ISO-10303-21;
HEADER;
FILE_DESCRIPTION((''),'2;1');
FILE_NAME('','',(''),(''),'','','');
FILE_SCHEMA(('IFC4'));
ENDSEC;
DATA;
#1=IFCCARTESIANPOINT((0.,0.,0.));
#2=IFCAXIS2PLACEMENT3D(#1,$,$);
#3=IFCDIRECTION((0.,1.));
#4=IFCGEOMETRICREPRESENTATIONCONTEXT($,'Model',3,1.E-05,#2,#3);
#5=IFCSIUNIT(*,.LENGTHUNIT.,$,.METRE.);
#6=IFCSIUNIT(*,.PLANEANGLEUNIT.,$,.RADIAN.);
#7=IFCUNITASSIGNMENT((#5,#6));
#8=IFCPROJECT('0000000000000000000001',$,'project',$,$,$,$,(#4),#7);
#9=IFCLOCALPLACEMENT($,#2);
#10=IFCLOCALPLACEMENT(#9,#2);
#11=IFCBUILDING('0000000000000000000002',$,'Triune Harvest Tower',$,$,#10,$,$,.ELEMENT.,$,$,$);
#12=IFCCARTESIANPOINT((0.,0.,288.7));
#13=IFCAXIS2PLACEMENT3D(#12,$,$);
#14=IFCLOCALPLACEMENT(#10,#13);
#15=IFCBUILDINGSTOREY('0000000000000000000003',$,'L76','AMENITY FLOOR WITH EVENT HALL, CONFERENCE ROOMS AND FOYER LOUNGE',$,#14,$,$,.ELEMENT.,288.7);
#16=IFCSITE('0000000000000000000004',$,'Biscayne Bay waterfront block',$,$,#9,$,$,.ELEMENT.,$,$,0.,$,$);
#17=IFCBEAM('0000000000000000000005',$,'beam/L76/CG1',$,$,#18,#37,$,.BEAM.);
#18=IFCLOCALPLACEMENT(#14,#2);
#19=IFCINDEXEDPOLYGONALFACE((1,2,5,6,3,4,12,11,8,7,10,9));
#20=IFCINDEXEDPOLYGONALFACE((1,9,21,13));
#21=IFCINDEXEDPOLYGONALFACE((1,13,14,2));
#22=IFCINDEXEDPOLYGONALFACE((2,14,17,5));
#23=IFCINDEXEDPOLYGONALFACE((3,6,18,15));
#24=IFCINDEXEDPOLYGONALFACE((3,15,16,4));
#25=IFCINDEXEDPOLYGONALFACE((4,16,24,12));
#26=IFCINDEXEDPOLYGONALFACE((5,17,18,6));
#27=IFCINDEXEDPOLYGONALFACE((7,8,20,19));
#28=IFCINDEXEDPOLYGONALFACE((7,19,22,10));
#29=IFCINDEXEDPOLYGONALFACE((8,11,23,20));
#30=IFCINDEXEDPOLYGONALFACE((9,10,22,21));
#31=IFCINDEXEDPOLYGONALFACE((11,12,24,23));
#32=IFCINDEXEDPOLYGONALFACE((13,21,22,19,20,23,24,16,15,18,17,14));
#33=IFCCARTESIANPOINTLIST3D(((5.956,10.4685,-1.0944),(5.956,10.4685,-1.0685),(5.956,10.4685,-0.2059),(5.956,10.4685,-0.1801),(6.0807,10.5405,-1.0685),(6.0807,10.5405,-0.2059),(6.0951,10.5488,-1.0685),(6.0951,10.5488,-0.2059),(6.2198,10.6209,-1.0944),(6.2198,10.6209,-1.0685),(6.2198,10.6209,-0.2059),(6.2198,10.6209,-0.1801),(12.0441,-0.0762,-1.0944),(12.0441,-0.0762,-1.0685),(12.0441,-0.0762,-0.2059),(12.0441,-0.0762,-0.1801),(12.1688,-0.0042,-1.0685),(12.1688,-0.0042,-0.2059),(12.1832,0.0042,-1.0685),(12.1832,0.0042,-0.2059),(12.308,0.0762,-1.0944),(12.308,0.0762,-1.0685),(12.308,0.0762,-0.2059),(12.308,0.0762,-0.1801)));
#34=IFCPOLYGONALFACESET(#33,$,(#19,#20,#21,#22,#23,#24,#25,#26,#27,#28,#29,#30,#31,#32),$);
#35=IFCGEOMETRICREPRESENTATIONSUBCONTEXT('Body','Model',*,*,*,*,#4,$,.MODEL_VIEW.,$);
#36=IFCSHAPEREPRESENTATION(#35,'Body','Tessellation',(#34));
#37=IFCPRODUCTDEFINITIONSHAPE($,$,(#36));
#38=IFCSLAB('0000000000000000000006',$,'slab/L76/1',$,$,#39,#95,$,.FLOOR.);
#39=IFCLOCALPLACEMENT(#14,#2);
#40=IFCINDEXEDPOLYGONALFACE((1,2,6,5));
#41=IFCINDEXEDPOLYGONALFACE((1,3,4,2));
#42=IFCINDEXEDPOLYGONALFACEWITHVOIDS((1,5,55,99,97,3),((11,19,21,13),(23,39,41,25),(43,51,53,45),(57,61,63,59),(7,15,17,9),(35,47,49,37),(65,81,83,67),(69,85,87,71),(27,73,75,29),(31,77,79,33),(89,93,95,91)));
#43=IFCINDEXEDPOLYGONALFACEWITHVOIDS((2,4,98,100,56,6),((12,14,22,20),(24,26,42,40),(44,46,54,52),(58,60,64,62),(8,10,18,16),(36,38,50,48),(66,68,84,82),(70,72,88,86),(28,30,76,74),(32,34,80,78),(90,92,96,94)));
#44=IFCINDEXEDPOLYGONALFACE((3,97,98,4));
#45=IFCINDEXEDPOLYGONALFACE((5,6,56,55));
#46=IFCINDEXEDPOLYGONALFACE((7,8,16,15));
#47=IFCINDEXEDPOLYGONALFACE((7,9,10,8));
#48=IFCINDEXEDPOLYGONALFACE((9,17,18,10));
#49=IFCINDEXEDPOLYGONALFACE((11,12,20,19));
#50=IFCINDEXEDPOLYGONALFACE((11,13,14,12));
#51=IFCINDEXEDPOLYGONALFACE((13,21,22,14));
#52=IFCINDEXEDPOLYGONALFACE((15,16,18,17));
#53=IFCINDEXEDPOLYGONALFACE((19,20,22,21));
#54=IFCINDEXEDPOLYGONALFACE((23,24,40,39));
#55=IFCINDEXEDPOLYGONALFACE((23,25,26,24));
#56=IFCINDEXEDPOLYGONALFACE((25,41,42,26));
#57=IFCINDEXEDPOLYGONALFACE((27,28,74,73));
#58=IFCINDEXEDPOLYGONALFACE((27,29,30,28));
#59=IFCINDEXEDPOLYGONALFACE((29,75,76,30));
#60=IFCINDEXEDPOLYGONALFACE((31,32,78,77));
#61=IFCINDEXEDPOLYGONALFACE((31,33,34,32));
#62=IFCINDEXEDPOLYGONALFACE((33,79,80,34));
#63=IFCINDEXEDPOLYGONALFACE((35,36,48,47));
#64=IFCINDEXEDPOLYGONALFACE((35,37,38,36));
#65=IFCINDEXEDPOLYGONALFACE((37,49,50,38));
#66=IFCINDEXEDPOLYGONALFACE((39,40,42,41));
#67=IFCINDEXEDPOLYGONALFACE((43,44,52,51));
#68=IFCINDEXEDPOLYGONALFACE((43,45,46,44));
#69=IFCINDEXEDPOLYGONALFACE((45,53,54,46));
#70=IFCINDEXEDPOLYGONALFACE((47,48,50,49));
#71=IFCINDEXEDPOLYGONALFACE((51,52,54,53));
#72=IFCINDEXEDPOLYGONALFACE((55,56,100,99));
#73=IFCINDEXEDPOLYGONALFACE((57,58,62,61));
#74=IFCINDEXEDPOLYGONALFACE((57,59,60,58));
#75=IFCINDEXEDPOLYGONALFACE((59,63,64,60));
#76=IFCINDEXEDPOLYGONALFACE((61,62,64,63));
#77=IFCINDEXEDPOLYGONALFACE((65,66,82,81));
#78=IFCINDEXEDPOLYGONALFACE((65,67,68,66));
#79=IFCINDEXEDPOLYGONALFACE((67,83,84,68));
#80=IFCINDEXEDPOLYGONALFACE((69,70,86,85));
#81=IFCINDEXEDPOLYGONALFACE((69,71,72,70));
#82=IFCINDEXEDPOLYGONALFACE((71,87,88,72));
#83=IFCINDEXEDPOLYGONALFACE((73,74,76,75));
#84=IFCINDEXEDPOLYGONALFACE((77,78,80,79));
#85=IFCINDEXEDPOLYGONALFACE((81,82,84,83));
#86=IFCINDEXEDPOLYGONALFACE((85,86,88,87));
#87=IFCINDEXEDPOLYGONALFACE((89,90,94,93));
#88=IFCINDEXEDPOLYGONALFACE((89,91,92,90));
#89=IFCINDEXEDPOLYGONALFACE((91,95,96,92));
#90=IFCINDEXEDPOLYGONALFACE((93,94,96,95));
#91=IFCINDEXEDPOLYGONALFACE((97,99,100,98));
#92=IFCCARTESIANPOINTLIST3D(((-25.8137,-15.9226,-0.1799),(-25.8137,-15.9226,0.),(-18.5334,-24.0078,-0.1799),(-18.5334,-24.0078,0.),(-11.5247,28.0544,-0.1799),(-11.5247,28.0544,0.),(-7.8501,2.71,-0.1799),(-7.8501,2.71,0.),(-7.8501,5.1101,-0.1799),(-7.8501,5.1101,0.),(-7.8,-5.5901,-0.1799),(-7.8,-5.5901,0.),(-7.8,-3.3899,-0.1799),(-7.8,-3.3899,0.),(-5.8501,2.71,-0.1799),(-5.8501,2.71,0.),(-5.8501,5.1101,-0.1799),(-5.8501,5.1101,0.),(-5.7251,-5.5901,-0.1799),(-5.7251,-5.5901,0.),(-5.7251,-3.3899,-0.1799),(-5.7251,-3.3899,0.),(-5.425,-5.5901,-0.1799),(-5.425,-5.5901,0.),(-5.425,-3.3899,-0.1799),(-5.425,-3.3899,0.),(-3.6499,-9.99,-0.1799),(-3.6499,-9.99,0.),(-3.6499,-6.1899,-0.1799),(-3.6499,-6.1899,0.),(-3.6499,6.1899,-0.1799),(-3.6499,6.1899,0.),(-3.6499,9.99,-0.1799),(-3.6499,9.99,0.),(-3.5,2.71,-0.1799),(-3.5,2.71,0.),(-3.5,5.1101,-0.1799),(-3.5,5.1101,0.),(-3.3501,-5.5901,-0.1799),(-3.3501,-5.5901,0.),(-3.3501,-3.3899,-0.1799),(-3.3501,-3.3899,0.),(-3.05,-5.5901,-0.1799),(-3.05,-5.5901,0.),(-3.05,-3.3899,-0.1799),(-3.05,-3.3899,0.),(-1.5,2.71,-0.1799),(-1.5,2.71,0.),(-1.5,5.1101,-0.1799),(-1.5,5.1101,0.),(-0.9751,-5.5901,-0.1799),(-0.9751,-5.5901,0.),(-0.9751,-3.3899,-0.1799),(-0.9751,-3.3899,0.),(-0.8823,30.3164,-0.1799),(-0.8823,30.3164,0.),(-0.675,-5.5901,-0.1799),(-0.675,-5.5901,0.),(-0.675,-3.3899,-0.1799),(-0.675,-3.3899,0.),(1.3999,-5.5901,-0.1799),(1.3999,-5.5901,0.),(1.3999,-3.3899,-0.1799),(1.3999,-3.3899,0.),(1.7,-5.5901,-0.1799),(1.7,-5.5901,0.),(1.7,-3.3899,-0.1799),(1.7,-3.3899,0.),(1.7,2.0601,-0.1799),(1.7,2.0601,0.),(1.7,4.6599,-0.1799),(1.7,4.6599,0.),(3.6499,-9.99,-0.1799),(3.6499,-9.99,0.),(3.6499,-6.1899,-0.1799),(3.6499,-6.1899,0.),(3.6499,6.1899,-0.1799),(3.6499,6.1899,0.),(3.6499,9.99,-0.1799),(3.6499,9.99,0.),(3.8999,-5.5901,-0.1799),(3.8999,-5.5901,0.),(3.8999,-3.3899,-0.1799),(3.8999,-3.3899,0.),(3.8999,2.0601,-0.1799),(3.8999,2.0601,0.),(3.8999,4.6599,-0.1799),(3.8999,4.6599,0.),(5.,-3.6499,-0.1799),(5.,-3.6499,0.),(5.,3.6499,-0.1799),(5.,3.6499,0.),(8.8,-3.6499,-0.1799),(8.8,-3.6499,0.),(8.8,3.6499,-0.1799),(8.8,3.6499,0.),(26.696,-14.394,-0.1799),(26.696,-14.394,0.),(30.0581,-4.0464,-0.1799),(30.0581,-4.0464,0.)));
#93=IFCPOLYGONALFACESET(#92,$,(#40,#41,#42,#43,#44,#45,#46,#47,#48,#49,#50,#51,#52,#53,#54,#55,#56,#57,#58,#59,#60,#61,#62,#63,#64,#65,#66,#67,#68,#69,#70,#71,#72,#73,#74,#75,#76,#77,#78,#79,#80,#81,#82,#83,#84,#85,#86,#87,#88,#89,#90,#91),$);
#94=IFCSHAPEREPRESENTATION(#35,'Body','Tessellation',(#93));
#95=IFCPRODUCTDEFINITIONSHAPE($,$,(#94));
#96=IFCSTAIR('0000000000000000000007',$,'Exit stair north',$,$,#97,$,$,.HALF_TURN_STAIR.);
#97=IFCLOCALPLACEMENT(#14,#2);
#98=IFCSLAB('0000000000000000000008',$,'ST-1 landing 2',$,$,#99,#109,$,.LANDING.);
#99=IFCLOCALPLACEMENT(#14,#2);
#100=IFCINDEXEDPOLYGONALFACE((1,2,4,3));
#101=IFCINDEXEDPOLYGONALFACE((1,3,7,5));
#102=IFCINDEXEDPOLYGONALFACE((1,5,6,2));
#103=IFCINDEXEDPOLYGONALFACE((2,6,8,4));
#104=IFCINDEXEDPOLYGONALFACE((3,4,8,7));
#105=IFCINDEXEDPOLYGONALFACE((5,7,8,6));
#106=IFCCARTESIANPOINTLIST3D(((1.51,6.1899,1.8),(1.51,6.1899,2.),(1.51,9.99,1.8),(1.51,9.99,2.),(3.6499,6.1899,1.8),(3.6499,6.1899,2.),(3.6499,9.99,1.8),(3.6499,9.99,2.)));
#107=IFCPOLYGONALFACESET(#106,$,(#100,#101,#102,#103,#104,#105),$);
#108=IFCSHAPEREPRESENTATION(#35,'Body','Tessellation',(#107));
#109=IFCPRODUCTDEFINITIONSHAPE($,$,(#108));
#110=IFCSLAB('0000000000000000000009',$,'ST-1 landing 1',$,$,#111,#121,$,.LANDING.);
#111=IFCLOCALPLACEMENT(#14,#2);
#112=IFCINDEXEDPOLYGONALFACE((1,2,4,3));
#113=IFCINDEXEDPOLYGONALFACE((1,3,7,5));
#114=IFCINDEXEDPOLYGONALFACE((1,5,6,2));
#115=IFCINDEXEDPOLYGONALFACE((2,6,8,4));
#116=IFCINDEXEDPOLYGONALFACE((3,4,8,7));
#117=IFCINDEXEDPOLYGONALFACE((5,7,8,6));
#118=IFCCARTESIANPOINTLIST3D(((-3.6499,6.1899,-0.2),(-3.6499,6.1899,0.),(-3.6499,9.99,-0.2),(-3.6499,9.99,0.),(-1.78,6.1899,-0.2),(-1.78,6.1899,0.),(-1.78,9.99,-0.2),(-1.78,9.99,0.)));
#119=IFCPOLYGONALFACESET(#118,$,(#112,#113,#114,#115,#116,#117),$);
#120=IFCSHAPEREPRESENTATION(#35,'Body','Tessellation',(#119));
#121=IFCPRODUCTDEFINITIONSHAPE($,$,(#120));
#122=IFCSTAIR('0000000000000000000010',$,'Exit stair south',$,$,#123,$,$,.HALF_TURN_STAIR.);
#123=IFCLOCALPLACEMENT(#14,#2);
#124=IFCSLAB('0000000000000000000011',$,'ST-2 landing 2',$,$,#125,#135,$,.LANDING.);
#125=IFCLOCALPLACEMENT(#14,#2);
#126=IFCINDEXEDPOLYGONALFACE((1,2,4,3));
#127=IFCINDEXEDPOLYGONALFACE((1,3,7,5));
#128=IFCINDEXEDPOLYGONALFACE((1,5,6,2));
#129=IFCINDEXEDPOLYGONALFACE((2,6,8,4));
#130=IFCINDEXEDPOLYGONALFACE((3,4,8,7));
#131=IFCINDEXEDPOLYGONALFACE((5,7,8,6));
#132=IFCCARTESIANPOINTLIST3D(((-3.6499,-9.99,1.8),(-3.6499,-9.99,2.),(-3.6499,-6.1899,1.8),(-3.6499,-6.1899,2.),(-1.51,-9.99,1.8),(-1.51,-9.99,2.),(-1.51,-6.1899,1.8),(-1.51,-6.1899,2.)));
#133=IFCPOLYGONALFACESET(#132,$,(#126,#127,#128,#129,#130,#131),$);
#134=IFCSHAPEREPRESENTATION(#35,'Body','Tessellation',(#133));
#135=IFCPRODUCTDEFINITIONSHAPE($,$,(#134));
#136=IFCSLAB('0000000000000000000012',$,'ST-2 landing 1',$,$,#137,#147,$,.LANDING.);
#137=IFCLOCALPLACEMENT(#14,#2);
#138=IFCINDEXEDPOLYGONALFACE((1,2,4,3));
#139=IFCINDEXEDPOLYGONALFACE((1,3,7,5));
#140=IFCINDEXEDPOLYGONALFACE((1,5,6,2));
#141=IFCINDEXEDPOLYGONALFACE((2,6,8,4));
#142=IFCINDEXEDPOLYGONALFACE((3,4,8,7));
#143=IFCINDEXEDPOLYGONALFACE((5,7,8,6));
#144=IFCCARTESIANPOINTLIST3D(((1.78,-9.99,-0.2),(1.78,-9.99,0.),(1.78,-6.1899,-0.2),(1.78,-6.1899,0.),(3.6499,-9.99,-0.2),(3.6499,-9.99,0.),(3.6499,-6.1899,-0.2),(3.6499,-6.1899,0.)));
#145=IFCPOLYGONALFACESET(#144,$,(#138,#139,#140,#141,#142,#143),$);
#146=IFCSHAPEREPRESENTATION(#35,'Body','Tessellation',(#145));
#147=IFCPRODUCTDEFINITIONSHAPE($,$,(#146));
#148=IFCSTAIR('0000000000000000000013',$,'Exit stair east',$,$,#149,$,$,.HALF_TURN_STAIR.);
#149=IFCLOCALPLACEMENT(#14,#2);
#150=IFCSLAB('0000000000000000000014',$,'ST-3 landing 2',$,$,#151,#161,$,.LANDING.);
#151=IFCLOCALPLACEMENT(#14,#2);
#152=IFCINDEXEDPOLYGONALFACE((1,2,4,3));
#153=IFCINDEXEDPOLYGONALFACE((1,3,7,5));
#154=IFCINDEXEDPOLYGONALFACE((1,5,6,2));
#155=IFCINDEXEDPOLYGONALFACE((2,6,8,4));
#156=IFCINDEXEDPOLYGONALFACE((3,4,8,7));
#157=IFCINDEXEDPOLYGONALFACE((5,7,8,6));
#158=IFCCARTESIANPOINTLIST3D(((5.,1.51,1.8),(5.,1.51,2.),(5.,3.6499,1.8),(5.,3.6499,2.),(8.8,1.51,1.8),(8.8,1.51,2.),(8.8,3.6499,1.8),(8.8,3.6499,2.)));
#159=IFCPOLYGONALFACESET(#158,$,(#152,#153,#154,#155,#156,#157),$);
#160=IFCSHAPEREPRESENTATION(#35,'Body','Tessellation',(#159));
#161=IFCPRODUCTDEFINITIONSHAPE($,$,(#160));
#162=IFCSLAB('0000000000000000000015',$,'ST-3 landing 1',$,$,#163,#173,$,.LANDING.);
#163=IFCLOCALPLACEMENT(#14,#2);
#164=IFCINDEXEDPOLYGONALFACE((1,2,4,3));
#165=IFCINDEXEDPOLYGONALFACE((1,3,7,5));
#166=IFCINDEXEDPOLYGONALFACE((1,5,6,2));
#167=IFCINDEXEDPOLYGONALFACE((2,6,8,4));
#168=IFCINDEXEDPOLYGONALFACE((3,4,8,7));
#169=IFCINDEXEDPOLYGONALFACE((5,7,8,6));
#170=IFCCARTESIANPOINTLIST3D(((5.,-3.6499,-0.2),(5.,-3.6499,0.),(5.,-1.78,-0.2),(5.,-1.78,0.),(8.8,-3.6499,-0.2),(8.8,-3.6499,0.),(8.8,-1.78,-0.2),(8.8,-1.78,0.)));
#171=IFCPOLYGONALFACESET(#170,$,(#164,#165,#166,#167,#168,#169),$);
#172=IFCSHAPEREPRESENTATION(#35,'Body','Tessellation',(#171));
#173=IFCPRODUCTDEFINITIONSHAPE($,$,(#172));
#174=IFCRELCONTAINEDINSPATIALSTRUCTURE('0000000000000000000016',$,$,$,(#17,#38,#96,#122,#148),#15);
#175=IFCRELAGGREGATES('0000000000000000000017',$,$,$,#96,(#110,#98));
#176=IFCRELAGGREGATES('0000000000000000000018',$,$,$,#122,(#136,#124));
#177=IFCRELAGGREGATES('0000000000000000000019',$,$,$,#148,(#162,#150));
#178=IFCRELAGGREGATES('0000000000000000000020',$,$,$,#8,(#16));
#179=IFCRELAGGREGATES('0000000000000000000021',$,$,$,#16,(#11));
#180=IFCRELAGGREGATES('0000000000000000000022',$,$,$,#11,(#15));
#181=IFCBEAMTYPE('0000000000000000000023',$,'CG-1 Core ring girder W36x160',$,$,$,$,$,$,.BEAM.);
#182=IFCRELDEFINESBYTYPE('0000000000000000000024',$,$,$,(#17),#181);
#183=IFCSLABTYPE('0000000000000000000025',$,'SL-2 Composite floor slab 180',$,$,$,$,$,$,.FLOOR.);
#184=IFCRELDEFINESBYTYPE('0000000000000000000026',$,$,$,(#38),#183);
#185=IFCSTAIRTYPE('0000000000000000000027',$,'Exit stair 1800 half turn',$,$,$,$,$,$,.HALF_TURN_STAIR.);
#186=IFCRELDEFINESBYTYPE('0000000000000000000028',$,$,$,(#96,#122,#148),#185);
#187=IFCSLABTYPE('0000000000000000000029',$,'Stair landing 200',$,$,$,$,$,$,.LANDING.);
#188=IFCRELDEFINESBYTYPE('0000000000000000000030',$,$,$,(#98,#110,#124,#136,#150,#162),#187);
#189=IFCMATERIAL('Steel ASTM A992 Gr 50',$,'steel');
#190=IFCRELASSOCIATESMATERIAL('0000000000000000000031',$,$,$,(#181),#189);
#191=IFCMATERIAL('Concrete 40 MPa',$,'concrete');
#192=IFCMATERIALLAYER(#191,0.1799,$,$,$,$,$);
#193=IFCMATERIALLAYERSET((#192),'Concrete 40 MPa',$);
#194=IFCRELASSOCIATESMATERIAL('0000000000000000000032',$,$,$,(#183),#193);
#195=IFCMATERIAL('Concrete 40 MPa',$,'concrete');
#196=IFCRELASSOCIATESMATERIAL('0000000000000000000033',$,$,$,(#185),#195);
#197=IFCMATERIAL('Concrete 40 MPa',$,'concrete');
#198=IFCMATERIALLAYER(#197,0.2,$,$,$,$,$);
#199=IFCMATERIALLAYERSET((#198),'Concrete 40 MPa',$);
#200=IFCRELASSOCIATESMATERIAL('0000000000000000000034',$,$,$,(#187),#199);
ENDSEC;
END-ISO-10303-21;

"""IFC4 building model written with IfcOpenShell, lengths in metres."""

from ifc_helpers import new_model, si_unit, direction, frame, origin, origin_2d, place, context, subcontext, project, spatial, polyline, i_section, outline, extrude, source, transform, mapped, material, layer, layer_set, material_profile, profile_set, type_object, element, aggregate, save


model = new_model("IFC4")

# Units and contexts
model_context = context("Model", 3, precision=1e-05, world=origin(), true_north=direction((0.0, 1.0)))
body_context = subcontext(model_context, "Body", "Model", "MODEL_VIEW")
ifc_project = project(units=[si_unit("LENGTHUNIT", "METRE"), si_unit("PLANEANGLEUNIT", "RADIAN")], contexts=[model_context])

# Site, building, storey
site_placement = place(None, origin())
site = spatial("IfcSite", under=ifc_project, at=site_placement, Name="Biscayne Bay waterfront block", CompositionType="ELEMENT", RefElevation=0.0)
building_placement = place(site_placement, origin())
building = spatial("IfcBuilding", under=site, at=building_placement, Name="Triune Harvest Tower", CompositionType="ELEMENT")
storey_placement = place(building_placement, frame((0.0, 0.0, 288.7)))
storey = spatial("IfcBuildingStorey", under=building, at=storey_placement, Name="L76", Description="AMENITY FLOOR WITH EVENT HALL, CONFERENCE ROOMS AND FOYER LOUNGE", CompositionType="ELEMENT", Elevation=288.7)

# Beam
ifc_material_1 = material(Name="Steel ASTM A992 Gr 50", Category="steel")
ifc_material_profile = material_profile(ifc_material_1, i_section(OverallWidth=0.3047, OverallDepth=0.9143, WebThickness=0.0166, FlangeThickness=0.0259, at=origin_2d()), Name="W36x160")
ifc_profile_set = profile_set([ifc_material_profile], Name="Steel ASTM A992 Gr 50")
beam_type = type_object("IfcBeamType", Name="CG-1 Core ring girder W36x160", PredefinedType="BEAM", material=ifc_profile_set)
shared_shape_1 = source(origin(), body_context, "Body", "SweptSolid", [
    extrude(i_section(OverallWidth=0.3047, OverallDepth=0.9143, WebThickness=0.0166, FlangeThickness=0.0259, at=origin_2d()), origin(), (0.0, 0.0, 1.0), 12.176),
])
beam_placement = place(storey_placement, frame((12.176, 0.0, -0.6372), z_axis=(-0.50001, 0.86602, 0.0), x_axis=(-0.86602, -0.50001, 0.0)))
element("IfcBeam", 1, at=beam_placement, inside=storey, type_object=beam_type, Name="beam/L76/CG1", PredefinedType="BEAM", context=body_context, shape_type="MappedRepresentation", body=[
    mapped(shared_shape_1, transform((0.0, 0.0, 0.0), scale=1.0)),
])

# Slab
ifc_material_2 = material(Name="Concrete 40 MPa", Category="concrete")
ifc_layer_1 = layer(ifc_material_2, 0.1799)
ifc_layer_set_1 = layer_set([ifc_layer_1], Name="Concrete 40 MPa")
slab_type_1 = type_object("IfcSlabType", Name="SL-2 Composite floor slab 180", PredefinedType="FLOOR", material=ifc_layer_set_1)
shared_shape_2 = source(origin(), body_context, "Body", "SweptSolid", [
    extrude(outline(polyline([(30.0581, -4.0464), (-0.8823, 30.3164), (-11.5247, 28.0544), (-25.8137, -15.9226), (-18.5334, -24.0078), (26.696, -14.394), (30.0581, -4.0464)]), holes=[polyline([(-5.7251, -5.5901), (-5.7251, -3.3899), (-7.8, -3.3899), (-7.8, -5.5901), (-5.7251, -5.5901)]), polyline([(-3.3501, -5.5901), (-3.3501, -3.3899), (-5.425, -3.3899), (-5.425, -5.5901), (-3.3501, -5.5901)]), polyline([(-0.9751, -5.5901), (-0.9751, -3.3899), (-3.05, -3.3899), (-3.05, -5.5901), (-0.9751, -5.5901)]), polyline([(1.3999, -5.5901), (1.3999, -3.3899), (-0.675, -3.3899), (-0.675, -5.5901), (1.3999, -5.5901)]), polyline([(3.8999, 2.0601), (3.8999, 4.6599), (1.7, 4.6599), (1.7, 2.0601), (3.8999, 2.0601)]), polyline([(3.8999, -5.5901), (3.8999, -3.3899), (1.7, -3.3899), (1.7, -5.5901), (3.8999, -5.5901)]), polyline([(-5.8501, 2.71), (-5.8501, 5.1101), (-7.8501, 5.1101), (-7.8501, 2.71), (-5.8501, 2.71)]), polyline([(-1.5, 2.71), (-1.5, 5.1101), (-3.5, 5.1101), (-3.5, 2.71), (-1.5, 2.71)]), polyline([(3.6499, 6.1899), (3.6499, 9.99), (-3.6499, 9.99), (-3.6499, 6.1899), (3.6499, 6.1899)]), polyline([(3.6499, -9.99), (3.6499, -6.1899), (-3.6499, -6.1899), (-3.6499, -9.99), (3.6499, -9.99)]), polyline([(8.8, -3.6499), (8.8, 3.6499), (5.0, 3.6499), (5.0, -3.6499), (8.8, -3.6499)])]), origin(), (0.0, 0.0, 1.0), 0.1799),
])
slab_1_placement = place(storey_placement, frame((0.0, 0.0, -0.1799)))
element("IfcSlab", 2, at=slab_1_placement, inside=storey, type_object=slab_type_1, Name="slab/L76/1", PredefinedType="FLOOR", context=body_context, shape_type="MappedRepresentation", body=[
    mapped(shared_shape_2, transform((0.0, 0.0, 0.0), scale=1.0)),
])

# Stairs, slabs
ifc_material_3 = material(Name="Concrete 40 MPa", Category="concrete")
stair_type = type_object("IfcStairType", Name="Exit stair 1800 half turn", PredefinedType="HALF_TURN_STAIR", material=ifc_material_3)
stair_1_placement = place(storey_placement, origin())
stair_1 = element("IfcStair", 3, at=stair_1_placement, inside=storey, type_object=stair_type, Name="Exit stair north", PredefinedType="HALF_TURN_STAIR")
ifc_material_4 = material(Name="Concrete 40 MPa", Category="concrete")
ifc_layer_2 = layer(ifc_material_4, 0.2)
ifc_layer_set_2 = layer_set([ifc_layer_2], Name="Concrete 40 MPa")
slab_type_2 = type_object("IfcSlabType", Name="Stair landing 200", PredefinedType="LANDING", material=ifc_layer_set_2)
shared_shape_3 = source(origin(), body_context, "Body", "SweptSolid", [
    extrude(outline(polyline([(1.51, 6.1899), (3.6499, 6.1899), (3.6499, 9.99), (1.51, 9.99), (1.51, 6.1899)])), origin(), (0.0, 0.0, 1.0), 0.2),
])
slab_2_placement = place(storey_placement, frame((0.0, 0.0, 1.8)))
slab_2 = element("IfcSlab", 4, at=slab_2_placement, type_object=slab_type_2, Name="ST-1 landing 2", PredefinedType="LANDING", context=body_context, shape_type="MappedRepresentation", body=[
    mapped(shared_shape_3, transform((0.0, 0.0, 0.0), scale=1.0)),
])
shared_shape_4 = source(origin(), body_context, "Body", "SweptSolid", [
    extrude(outline(polyline([(-3.6499, 6.1899), (-1.78, 6.1899), (-1.78, 9.99), (-3.6499, 9.99), (-3.6499, 6.1899)])), origin(), (0.0, 0.0, 1.0), 0.2),
])
slab_3_placement = place(storey_placement, frame((0.0, 0.0, -0.2)))
slab_3 = element("IfcSlab", 5, at=slab_3_placement, type_object=slab_type_2, Name="ST-1 landing 1", PredefinedType="LANDING", context=body_context, shape_type="MappedRepresentation", body=[
    mapped(shared_shape_4, transform((0.0, 0.0, 0.0), scale=1.0)),
])
aggregate(stair_1, [slab_3, slab_2])
stair_2_placement = place(storey_placement, origin())
stair_2 = element("IfcStair", 6, at=stair_2_placement, inside=storey, type_object=stair_type, Name="Exit stair south", PredefinedType="HALF_TURN_STAIR")
shared_shape_5 = source(origin(), body_context, "Body", "SweptSolid", [
    extrude(outline(polyline([(-1.51, -6.1899), (-3.6499, -6.1899), (-3.6499, -9.99), (-1.51, -9.99), (-1.51, -6.1899)])), origin(), (0.0, 0.0, 1.0), 0.2),
])
slab_4_placement = place(storey_placement, frame((0.0, 0.0, 1.8)))
slab_4 = element("IfcSlab", 7, at=slab_4_placement, type_object=slab_type_2, Name="ST-2 landing 2", PredefinedType="LANDING", context=body_context, shape_type="MappedRepresentation", body=[
    mapped(shared_shape_5, transform((0.0, 0.0, 0.0), scale=1.0)),
])
shared_shape_6 = source(origin(), body_context, "Body", "SweptSolid", [
    extrude(outline(polyline([(3.6499, -6.1899), (1.78, -6.1899), (1.78, -9.99), (3.6499, -9.99), (3.6499, -6.1899)])), origin(), (0.0, 0.0, 1.0), 0.2),
])
slab_5_placement = place(storey_placement, frame((0.0, 0.0, -0.2)))
slab_5 = element("IfcSlab", 8, at=slab_5_placement, type_object=slab_type_2, Name="ST-2 landing 1", PredefinedType="LANDING", context=body_context, shape_type="MappedRepresentation", body=[
    mapped(shared_shape_6, transform((0.0, 0.0, 0.0), scale=1.0)),
])
aggregate(stair_2, [slab_5, slab_4])
stair_3_placement = place(storey_placement, origin())
stair_3 = element("IfcStair", 9, at=stair_3_placement, inside=storey, type_object=stair_type, Name="Exit stair east", PredefinedType="HALF_TURN_STAIR")
shared_shape_7 = source(origin(), body_context, "Body", "SweptSolid", [
    extrude(outline(polyline([(8.8, 1.51), (8.8, 3.6499), (5.0, 3.6499), (5.0, 1.51), (8.8, 1.51)])), origin(), (0.0, 0.0, 1.0), 0.2),
])
slab_6_placement = place(storey_placement, frame((0.0, 0.0, 1.8)))
slab_6 = element("IfcSlab", 10, at=slab_6_placement, type_object=slab_type_2, Name="ST-3 landing 2", PredefinedType="LANDING", context=body_context, shape_type="MappedRepresentation", body=[
    mapped(shared_shape_7, transform((0.0, 0.0, 0.0), scale=1.0)),
])
shared_shape_8 = source(origin(), body_context, "Body", "SweptSolid", [
    extrude(outline(polyline([(8.8, -3.6499), (8.8, -1.78), (5.0, -1.78), (5.0, -3.6499), (8.8, -3.6499)])), origin(), (0.0, 0.0, 1.0), 0.2),
])
slab_7_placement = place(storey_placement, frame((0.0, 0.0, -0.2)))
slab_7 = element("IfcSlab", 11, at=slab_7_placement, type_object=slab_type_2, Name="ST-3 landing 1", PredefinedType="LANDING", context=body_context, shape_type="MappedRepresentation", body=[
    mapped(shared_shape_8, transform((0.0, 0.0, 0.0), scale=1.0)),
])

aggregate(stair_3, [slab_7, slab_6])

save(model, "model.ifc")
